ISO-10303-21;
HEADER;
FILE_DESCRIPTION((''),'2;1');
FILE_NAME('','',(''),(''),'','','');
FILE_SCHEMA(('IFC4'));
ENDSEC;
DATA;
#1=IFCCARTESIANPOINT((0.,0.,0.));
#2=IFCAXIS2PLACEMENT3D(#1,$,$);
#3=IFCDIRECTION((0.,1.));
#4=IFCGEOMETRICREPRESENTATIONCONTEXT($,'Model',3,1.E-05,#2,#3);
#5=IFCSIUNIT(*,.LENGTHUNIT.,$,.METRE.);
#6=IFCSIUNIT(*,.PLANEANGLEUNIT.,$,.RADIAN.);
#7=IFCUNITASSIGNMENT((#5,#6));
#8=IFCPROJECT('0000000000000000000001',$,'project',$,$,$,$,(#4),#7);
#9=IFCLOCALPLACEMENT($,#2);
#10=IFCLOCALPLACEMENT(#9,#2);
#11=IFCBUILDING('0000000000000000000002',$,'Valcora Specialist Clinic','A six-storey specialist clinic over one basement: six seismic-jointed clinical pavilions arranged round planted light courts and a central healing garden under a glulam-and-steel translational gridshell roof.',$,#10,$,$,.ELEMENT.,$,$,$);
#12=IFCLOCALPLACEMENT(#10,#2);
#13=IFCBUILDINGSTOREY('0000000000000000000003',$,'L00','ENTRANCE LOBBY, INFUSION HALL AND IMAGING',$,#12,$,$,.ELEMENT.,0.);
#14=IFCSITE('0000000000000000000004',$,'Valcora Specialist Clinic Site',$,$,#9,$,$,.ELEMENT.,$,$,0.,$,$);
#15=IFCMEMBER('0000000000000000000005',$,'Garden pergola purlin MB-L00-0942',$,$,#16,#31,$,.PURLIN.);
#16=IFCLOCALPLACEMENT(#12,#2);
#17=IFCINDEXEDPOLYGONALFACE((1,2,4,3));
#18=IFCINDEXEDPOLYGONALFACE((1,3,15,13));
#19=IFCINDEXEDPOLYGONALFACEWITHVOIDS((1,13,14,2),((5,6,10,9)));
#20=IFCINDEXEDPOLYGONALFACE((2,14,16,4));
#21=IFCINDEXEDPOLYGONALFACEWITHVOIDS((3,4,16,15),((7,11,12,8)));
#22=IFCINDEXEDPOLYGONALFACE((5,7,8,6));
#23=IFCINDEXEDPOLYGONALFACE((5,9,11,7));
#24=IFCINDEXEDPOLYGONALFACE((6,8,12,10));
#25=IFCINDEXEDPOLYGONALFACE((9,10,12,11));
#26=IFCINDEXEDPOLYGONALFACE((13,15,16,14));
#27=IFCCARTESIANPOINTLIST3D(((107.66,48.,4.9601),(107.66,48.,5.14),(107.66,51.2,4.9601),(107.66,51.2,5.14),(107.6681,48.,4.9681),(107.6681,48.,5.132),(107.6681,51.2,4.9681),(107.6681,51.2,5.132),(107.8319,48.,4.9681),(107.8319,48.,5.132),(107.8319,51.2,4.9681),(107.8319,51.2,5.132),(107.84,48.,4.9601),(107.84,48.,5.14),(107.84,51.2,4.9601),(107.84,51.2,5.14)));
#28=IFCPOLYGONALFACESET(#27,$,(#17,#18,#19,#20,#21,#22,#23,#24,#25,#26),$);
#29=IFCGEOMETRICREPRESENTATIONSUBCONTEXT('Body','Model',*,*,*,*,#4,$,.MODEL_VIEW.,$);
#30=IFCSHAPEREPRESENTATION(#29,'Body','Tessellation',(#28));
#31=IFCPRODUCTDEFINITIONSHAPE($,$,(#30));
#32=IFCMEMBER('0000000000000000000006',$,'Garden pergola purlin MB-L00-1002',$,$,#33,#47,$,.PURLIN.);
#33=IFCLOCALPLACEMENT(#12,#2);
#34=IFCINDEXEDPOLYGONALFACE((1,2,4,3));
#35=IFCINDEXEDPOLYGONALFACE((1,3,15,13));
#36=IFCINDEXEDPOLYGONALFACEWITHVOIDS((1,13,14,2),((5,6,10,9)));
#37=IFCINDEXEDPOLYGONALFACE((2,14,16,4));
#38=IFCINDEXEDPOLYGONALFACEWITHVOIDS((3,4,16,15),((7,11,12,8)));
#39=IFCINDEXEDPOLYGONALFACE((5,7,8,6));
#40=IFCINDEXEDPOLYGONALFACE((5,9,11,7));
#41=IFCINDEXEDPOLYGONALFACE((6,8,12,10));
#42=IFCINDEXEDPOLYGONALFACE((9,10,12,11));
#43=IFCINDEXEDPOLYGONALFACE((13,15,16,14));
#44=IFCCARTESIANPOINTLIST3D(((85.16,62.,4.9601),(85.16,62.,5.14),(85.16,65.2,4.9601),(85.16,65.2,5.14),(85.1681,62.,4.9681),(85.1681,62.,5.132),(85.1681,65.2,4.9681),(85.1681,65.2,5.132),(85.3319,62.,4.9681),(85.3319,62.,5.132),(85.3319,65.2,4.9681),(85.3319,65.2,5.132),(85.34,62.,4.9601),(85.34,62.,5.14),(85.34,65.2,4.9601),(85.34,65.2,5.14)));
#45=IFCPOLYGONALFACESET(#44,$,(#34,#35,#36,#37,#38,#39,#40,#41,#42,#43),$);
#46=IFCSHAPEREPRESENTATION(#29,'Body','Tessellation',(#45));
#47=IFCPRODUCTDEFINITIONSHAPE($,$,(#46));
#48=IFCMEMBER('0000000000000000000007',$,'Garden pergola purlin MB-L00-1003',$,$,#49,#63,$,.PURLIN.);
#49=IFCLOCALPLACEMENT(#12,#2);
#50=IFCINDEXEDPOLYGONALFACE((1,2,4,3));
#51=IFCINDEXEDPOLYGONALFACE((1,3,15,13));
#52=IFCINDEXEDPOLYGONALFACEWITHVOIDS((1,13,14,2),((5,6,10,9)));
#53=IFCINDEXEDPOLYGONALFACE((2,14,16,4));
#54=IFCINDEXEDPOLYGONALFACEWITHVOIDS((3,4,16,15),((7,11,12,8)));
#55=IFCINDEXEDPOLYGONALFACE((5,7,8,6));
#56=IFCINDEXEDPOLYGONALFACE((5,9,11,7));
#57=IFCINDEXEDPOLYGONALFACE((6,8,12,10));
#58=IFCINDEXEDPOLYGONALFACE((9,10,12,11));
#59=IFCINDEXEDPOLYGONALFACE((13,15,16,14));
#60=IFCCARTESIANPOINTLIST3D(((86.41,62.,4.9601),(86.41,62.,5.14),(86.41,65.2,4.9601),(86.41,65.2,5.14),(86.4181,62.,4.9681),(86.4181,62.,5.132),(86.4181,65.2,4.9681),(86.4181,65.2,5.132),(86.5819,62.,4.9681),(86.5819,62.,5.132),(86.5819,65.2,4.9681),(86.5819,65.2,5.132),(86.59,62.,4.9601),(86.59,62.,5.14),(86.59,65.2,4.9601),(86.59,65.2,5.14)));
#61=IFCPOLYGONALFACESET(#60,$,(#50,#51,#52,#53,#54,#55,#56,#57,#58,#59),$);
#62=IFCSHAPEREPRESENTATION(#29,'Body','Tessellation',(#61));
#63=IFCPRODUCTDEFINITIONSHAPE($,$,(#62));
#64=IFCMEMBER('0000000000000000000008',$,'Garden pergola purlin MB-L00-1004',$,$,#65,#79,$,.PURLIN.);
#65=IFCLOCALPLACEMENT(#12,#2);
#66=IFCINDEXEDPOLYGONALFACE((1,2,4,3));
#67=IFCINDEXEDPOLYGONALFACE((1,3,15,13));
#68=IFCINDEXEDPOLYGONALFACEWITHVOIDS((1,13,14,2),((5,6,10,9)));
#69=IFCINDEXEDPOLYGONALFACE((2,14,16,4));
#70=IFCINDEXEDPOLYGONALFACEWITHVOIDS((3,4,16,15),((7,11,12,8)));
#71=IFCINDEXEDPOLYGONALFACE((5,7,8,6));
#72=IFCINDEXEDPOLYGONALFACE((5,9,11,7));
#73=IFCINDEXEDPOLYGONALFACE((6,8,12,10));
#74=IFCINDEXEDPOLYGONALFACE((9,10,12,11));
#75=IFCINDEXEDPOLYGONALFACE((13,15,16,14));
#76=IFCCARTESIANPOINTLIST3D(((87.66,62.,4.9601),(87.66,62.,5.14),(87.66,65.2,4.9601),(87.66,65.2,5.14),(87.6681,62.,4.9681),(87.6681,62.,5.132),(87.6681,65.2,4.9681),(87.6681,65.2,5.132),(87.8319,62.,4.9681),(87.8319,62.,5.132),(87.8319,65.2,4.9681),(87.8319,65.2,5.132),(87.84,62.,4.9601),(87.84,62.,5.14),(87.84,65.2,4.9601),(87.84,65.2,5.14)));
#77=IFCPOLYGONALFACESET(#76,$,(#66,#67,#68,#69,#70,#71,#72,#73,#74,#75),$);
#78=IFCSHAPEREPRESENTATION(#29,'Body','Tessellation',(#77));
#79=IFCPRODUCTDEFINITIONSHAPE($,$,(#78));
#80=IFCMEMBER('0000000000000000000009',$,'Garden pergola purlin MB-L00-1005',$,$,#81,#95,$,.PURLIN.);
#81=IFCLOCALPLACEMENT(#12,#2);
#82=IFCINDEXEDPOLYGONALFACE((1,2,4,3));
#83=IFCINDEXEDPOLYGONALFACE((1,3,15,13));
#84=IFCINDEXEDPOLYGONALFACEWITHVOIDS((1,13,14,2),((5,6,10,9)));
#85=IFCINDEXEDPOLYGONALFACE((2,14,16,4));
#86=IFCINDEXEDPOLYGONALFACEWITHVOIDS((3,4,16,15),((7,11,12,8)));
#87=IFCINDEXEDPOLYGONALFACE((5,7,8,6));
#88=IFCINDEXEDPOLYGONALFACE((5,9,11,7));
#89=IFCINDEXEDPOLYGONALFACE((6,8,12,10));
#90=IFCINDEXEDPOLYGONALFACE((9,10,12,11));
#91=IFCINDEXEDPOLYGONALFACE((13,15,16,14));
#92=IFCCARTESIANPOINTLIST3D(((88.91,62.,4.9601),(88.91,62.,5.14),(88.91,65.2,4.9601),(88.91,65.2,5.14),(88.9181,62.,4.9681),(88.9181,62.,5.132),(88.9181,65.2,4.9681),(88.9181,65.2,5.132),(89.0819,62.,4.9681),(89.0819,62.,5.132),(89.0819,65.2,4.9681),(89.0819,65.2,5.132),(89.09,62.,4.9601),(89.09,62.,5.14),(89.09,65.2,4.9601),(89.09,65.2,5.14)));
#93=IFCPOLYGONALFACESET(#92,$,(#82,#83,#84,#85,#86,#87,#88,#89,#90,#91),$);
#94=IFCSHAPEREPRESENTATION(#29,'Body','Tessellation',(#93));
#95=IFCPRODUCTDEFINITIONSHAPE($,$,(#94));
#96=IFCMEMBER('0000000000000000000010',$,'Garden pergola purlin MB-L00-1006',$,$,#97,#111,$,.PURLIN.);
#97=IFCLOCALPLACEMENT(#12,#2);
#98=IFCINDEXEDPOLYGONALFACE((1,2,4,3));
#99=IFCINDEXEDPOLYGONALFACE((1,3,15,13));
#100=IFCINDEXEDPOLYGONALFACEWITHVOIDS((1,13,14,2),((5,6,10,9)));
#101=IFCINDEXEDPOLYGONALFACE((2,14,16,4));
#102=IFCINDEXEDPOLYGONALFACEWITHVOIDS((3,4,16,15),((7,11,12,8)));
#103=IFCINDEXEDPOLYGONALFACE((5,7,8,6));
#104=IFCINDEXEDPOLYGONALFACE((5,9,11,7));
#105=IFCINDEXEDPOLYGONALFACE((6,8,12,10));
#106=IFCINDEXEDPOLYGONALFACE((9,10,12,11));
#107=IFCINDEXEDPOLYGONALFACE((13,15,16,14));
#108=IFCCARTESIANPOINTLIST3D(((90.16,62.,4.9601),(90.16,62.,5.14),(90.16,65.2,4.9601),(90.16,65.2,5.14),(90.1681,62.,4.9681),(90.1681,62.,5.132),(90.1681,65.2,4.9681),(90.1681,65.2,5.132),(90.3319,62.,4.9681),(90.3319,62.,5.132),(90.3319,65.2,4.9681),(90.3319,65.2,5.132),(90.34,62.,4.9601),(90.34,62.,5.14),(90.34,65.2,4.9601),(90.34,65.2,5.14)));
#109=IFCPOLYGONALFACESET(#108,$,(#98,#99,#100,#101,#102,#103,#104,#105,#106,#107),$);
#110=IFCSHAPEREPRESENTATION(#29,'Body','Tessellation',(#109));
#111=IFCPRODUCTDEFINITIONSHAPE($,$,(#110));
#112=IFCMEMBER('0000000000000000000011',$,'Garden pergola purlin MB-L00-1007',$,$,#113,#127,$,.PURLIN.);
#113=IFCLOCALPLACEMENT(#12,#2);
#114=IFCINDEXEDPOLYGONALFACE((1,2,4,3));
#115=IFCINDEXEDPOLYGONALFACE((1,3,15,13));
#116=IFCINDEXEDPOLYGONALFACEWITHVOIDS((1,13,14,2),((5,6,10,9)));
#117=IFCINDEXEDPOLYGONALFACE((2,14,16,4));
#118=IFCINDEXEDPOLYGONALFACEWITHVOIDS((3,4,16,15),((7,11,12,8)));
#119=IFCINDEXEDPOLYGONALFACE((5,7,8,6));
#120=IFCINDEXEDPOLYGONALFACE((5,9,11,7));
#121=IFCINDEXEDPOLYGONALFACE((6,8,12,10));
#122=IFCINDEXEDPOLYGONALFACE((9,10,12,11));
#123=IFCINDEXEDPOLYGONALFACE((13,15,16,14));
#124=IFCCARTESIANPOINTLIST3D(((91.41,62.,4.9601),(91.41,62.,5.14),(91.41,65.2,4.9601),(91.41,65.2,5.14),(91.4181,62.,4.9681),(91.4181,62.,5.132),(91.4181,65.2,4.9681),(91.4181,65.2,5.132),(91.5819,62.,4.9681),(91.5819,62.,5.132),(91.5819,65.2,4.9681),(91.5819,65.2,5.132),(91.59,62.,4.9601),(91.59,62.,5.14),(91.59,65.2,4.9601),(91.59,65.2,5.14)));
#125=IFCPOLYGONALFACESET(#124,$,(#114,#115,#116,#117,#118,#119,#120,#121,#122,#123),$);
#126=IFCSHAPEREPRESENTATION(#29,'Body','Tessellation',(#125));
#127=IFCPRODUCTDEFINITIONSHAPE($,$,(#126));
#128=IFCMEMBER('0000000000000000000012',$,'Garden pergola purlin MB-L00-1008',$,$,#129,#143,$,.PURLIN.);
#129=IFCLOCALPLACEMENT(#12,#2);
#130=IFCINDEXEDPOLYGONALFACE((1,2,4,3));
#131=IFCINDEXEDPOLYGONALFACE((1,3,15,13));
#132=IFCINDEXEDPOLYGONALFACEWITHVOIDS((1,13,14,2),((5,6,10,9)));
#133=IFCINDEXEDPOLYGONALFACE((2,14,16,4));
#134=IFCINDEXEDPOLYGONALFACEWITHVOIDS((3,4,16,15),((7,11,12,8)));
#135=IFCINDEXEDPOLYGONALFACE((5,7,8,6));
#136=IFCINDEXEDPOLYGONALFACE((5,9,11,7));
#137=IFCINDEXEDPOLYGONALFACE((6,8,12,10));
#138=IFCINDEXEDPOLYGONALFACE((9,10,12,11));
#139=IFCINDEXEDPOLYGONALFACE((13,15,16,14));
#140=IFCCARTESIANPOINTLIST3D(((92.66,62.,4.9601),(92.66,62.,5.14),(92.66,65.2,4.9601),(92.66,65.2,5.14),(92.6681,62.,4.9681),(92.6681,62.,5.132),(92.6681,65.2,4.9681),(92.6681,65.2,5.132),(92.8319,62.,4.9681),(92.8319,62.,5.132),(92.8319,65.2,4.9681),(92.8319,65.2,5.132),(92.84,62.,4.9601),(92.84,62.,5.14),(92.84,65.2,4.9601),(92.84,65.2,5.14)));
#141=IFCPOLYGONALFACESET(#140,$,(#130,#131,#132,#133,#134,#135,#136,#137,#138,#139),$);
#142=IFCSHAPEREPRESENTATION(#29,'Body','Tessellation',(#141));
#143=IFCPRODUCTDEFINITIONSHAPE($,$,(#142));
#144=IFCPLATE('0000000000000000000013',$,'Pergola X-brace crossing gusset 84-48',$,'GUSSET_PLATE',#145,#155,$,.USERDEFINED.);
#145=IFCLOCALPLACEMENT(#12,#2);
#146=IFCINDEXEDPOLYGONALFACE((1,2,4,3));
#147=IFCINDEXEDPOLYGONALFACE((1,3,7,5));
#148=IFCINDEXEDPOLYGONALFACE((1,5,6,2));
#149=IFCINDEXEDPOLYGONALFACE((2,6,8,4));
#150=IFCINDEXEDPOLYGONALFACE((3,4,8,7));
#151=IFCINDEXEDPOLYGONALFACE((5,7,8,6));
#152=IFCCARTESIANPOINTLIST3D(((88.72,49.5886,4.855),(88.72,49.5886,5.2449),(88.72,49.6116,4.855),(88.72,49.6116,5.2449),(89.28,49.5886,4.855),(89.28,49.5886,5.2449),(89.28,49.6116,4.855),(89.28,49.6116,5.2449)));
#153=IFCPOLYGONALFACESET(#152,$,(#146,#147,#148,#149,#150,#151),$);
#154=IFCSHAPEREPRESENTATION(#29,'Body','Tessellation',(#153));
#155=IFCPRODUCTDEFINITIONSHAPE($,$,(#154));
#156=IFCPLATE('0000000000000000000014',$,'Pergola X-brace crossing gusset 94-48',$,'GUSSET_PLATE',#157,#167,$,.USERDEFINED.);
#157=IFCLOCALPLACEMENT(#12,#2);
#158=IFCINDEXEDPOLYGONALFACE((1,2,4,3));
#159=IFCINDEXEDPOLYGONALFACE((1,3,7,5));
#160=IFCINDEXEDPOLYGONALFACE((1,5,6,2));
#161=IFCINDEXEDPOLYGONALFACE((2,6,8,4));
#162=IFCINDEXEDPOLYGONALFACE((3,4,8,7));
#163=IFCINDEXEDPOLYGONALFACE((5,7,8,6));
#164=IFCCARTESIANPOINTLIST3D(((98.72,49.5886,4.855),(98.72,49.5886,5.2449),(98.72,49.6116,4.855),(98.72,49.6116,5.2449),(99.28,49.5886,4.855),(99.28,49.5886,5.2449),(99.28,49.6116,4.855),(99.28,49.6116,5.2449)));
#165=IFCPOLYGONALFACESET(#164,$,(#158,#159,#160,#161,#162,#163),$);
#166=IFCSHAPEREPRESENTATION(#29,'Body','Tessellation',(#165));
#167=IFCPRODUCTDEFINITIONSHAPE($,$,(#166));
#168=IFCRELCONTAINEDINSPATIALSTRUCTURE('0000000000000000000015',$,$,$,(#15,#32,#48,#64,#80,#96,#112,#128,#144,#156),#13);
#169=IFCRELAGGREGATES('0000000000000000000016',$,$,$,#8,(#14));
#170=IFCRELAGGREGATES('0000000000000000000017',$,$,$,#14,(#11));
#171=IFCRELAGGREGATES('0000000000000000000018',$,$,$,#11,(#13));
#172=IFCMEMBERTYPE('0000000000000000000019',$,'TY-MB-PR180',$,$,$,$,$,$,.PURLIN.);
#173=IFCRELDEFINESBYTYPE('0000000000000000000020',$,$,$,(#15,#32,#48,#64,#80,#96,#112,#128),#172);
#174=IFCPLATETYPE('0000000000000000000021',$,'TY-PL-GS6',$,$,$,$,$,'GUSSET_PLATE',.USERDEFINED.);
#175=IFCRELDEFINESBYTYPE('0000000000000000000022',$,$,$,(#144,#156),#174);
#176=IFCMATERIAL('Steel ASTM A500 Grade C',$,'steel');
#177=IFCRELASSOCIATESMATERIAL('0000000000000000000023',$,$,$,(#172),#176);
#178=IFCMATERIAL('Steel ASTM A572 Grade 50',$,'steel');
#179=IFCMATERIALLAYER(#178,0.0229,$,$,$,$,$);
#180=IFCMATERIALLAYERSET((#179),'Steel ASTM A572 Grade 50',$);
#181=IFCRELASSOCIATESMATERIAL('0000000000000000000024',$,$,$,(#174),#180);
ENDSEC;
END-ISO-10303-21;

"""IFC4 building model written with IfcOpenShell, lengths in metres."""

from ifc_helpers import new_model, si_unit, direction, frame, origin, origin_2d, place, context, subcontext, project, spatial, rectangle, hollow_rectangle, extrude, material, layer, layer_set, material_profile, profile_set, type_object, element, save


model = new_model("IFC4")

# Units and contexts
model_context = context("Model", 3, precision=1e-05, world=origin(), true_north=direction((0.0, 1.0)))
body_context = subcontext(model_context, "Body", "Model", "MODEL_VIEW")
ifc_project = project(units=[si_unit("LENGTHUNIT", "METRE"), si_unit("PLANEANGLEUNIT", "RADIAN")], contexts=[model_context])

# Site, building, storey
site_placement = place(None, origin())
site = spatial("IfcSite", under=ifc_project, at=site_placement, Name="Valcora Specialist Clinic Site", CompositionType="ELEMENT", RefElevation=0.0)
building_placement = place(site_placement, origin())
building = spatial("IfcBuilding", under=site, at=building_placement, Name="Valcora Specialist Clinic", Description="A six-storey specialist clinic over one basement: six seismic-jointed clinical pavilions arranged round planted light courts and a central healing garden under a glulam-and-steel translational gridshell roof.", CompositionType="ELEMENT")
storey_placement = place(building_placement, origin())
storey = spatial("IfcBuildingStorey", under=building, at=storey_placement, Name="L00", Description="ENTRANCE LOBBY, INFUSION HALL AND IMAGING", CompositionType="ELEMENT", Elevation=0.0)

# Members
ifc_material_1 = material(Name="Steel ASTM A500 Grade C", Category="steel")
ifc_material_profile_1 = material_profile(ifc_material_1, hollow_rectangle(XDim=0.1799, YDim=0.1799, WallThickness=0.0081, at=origin_2d()), Name="ST-RHS-180X180X8")
ifc_profile_set_1 = profile_set([ifc_material_profile_1], Name="Steel ASTM A500 Grade C")
member_type_1 = type_object("IfcMemberType", Name="TY-MB-PR180", PredefinedType="PURLIN", material=ifc_profile_set_1)
for number, where, z_axis, x_axis, name in (
    (1, (107.75, 48.0, 5.05), (0.0, 1.0, 0.0), (-1.0, 0.0, 0.0), "Garden pergola purlin MB-L00-0942"),
    (2, (85.25, 62.0, 5.05), (0.0, 1.0, 0.0), (-1.0, 0.0, 0.0), "Garden pergola purlin MB-L00-1002"),
    (3, (86.5, 62.0, 5.05), (0.0, 1.0, 0.0), (-1.0, 0.0, 0.0), "Garden pergola purlin MB-L00-1003"),
    (4, (87.75, 62.0, 5.05), (0.0, 1.0, 0.0), (-1.0, 0.0, 0.0), "Garden pergola purlin MB-L00-1004"),
    (5, (89.0, 62.0, 5.05), (0.0, 1.0, 0.0), (-1.0, 0.0, 0.0), "Garden pergola purlin MB-L00-1005"),
    (6, (90.25, 62.0, 5.05), (0.0, 1.0, 0.0), (-1.0, 0.0, 0.0), "Garden pergola purlin MB-L00-1006"),
    (7, (91.5, 62.0, 5.05), (0.0, 1.0, 0.0), (-1.0, 0.0, 0.0), "Garden pergola purlin MB-L00-1007"),
    (8, (92.75, 62.0, 5.05), (0.0, 1.0, 0.0), (-1.0, 0.0, 0.0), "Garden pergola purlin MB-L00-1008"),
):
    element("IfcMember", number, at=place(storey_placement, frame(where, z_axis=z_axis, x_axis=x_axis)), inside=storey, type_object=member_type_1, Name=name, PredefinedType="PURLIN", context=body_context, shape_type="SweptSolid", body=[
        extrude(hollow_rectangle(XDim=0.1799, YDim=0.1799, WallThickness=0.0081, at=origin_2d()), origin(), (0.0, 0.0, 1.0), 3.2),
    ])

# Plates
ifc_material_2 = material(Name="Steel ASTM A572 Grade 50", Category="steel")
ifc_layer = layer(ifc_material_2, 0.0229)
ifc_layer_set = layer_set([ifc_layer], Name="Steel ASTM A572 Grade 50")
plate_type = type_object("IfcPlateType", Name="TY-PL-GS6", ElementType="GUSSET_PLATE", PredefinedType="USERDEFINED", material=ifc_layer_set)
for number, where, z_axis, x_axis, name in (
    (9, (89.0, 49.6001, 4.855), (0.0, 0.0, 1.0), (1.0, 0.0, 0.0), "Pergola X-brace crossing gusset 84-48"),
    (10, (99.0, 49.6001, 4.855), (0.0, 0.0, 1.0), (1.0, 0.0, 0.0), "Pergola X-brace crossing gusset 94-48"),
):
    element("IfcPlate", number, at=place(storey_placement, frame(where, z_axis=z_axis, x_axis=x_axis)), inside=storey, type_object=plate_type, Name=name, ObjectType="GUSSET_PLATE", PredefinedType="USERDEFINED", context=body_context, shape_type="SweptSolid", body=[
        extrude(rectangle(XDim=0.5601, YDim=0.0229, at=origin_2d()), origin(), (0.0, 0.0, 1.0), 0.3899),
    ])

save(model, "model.ifc")
